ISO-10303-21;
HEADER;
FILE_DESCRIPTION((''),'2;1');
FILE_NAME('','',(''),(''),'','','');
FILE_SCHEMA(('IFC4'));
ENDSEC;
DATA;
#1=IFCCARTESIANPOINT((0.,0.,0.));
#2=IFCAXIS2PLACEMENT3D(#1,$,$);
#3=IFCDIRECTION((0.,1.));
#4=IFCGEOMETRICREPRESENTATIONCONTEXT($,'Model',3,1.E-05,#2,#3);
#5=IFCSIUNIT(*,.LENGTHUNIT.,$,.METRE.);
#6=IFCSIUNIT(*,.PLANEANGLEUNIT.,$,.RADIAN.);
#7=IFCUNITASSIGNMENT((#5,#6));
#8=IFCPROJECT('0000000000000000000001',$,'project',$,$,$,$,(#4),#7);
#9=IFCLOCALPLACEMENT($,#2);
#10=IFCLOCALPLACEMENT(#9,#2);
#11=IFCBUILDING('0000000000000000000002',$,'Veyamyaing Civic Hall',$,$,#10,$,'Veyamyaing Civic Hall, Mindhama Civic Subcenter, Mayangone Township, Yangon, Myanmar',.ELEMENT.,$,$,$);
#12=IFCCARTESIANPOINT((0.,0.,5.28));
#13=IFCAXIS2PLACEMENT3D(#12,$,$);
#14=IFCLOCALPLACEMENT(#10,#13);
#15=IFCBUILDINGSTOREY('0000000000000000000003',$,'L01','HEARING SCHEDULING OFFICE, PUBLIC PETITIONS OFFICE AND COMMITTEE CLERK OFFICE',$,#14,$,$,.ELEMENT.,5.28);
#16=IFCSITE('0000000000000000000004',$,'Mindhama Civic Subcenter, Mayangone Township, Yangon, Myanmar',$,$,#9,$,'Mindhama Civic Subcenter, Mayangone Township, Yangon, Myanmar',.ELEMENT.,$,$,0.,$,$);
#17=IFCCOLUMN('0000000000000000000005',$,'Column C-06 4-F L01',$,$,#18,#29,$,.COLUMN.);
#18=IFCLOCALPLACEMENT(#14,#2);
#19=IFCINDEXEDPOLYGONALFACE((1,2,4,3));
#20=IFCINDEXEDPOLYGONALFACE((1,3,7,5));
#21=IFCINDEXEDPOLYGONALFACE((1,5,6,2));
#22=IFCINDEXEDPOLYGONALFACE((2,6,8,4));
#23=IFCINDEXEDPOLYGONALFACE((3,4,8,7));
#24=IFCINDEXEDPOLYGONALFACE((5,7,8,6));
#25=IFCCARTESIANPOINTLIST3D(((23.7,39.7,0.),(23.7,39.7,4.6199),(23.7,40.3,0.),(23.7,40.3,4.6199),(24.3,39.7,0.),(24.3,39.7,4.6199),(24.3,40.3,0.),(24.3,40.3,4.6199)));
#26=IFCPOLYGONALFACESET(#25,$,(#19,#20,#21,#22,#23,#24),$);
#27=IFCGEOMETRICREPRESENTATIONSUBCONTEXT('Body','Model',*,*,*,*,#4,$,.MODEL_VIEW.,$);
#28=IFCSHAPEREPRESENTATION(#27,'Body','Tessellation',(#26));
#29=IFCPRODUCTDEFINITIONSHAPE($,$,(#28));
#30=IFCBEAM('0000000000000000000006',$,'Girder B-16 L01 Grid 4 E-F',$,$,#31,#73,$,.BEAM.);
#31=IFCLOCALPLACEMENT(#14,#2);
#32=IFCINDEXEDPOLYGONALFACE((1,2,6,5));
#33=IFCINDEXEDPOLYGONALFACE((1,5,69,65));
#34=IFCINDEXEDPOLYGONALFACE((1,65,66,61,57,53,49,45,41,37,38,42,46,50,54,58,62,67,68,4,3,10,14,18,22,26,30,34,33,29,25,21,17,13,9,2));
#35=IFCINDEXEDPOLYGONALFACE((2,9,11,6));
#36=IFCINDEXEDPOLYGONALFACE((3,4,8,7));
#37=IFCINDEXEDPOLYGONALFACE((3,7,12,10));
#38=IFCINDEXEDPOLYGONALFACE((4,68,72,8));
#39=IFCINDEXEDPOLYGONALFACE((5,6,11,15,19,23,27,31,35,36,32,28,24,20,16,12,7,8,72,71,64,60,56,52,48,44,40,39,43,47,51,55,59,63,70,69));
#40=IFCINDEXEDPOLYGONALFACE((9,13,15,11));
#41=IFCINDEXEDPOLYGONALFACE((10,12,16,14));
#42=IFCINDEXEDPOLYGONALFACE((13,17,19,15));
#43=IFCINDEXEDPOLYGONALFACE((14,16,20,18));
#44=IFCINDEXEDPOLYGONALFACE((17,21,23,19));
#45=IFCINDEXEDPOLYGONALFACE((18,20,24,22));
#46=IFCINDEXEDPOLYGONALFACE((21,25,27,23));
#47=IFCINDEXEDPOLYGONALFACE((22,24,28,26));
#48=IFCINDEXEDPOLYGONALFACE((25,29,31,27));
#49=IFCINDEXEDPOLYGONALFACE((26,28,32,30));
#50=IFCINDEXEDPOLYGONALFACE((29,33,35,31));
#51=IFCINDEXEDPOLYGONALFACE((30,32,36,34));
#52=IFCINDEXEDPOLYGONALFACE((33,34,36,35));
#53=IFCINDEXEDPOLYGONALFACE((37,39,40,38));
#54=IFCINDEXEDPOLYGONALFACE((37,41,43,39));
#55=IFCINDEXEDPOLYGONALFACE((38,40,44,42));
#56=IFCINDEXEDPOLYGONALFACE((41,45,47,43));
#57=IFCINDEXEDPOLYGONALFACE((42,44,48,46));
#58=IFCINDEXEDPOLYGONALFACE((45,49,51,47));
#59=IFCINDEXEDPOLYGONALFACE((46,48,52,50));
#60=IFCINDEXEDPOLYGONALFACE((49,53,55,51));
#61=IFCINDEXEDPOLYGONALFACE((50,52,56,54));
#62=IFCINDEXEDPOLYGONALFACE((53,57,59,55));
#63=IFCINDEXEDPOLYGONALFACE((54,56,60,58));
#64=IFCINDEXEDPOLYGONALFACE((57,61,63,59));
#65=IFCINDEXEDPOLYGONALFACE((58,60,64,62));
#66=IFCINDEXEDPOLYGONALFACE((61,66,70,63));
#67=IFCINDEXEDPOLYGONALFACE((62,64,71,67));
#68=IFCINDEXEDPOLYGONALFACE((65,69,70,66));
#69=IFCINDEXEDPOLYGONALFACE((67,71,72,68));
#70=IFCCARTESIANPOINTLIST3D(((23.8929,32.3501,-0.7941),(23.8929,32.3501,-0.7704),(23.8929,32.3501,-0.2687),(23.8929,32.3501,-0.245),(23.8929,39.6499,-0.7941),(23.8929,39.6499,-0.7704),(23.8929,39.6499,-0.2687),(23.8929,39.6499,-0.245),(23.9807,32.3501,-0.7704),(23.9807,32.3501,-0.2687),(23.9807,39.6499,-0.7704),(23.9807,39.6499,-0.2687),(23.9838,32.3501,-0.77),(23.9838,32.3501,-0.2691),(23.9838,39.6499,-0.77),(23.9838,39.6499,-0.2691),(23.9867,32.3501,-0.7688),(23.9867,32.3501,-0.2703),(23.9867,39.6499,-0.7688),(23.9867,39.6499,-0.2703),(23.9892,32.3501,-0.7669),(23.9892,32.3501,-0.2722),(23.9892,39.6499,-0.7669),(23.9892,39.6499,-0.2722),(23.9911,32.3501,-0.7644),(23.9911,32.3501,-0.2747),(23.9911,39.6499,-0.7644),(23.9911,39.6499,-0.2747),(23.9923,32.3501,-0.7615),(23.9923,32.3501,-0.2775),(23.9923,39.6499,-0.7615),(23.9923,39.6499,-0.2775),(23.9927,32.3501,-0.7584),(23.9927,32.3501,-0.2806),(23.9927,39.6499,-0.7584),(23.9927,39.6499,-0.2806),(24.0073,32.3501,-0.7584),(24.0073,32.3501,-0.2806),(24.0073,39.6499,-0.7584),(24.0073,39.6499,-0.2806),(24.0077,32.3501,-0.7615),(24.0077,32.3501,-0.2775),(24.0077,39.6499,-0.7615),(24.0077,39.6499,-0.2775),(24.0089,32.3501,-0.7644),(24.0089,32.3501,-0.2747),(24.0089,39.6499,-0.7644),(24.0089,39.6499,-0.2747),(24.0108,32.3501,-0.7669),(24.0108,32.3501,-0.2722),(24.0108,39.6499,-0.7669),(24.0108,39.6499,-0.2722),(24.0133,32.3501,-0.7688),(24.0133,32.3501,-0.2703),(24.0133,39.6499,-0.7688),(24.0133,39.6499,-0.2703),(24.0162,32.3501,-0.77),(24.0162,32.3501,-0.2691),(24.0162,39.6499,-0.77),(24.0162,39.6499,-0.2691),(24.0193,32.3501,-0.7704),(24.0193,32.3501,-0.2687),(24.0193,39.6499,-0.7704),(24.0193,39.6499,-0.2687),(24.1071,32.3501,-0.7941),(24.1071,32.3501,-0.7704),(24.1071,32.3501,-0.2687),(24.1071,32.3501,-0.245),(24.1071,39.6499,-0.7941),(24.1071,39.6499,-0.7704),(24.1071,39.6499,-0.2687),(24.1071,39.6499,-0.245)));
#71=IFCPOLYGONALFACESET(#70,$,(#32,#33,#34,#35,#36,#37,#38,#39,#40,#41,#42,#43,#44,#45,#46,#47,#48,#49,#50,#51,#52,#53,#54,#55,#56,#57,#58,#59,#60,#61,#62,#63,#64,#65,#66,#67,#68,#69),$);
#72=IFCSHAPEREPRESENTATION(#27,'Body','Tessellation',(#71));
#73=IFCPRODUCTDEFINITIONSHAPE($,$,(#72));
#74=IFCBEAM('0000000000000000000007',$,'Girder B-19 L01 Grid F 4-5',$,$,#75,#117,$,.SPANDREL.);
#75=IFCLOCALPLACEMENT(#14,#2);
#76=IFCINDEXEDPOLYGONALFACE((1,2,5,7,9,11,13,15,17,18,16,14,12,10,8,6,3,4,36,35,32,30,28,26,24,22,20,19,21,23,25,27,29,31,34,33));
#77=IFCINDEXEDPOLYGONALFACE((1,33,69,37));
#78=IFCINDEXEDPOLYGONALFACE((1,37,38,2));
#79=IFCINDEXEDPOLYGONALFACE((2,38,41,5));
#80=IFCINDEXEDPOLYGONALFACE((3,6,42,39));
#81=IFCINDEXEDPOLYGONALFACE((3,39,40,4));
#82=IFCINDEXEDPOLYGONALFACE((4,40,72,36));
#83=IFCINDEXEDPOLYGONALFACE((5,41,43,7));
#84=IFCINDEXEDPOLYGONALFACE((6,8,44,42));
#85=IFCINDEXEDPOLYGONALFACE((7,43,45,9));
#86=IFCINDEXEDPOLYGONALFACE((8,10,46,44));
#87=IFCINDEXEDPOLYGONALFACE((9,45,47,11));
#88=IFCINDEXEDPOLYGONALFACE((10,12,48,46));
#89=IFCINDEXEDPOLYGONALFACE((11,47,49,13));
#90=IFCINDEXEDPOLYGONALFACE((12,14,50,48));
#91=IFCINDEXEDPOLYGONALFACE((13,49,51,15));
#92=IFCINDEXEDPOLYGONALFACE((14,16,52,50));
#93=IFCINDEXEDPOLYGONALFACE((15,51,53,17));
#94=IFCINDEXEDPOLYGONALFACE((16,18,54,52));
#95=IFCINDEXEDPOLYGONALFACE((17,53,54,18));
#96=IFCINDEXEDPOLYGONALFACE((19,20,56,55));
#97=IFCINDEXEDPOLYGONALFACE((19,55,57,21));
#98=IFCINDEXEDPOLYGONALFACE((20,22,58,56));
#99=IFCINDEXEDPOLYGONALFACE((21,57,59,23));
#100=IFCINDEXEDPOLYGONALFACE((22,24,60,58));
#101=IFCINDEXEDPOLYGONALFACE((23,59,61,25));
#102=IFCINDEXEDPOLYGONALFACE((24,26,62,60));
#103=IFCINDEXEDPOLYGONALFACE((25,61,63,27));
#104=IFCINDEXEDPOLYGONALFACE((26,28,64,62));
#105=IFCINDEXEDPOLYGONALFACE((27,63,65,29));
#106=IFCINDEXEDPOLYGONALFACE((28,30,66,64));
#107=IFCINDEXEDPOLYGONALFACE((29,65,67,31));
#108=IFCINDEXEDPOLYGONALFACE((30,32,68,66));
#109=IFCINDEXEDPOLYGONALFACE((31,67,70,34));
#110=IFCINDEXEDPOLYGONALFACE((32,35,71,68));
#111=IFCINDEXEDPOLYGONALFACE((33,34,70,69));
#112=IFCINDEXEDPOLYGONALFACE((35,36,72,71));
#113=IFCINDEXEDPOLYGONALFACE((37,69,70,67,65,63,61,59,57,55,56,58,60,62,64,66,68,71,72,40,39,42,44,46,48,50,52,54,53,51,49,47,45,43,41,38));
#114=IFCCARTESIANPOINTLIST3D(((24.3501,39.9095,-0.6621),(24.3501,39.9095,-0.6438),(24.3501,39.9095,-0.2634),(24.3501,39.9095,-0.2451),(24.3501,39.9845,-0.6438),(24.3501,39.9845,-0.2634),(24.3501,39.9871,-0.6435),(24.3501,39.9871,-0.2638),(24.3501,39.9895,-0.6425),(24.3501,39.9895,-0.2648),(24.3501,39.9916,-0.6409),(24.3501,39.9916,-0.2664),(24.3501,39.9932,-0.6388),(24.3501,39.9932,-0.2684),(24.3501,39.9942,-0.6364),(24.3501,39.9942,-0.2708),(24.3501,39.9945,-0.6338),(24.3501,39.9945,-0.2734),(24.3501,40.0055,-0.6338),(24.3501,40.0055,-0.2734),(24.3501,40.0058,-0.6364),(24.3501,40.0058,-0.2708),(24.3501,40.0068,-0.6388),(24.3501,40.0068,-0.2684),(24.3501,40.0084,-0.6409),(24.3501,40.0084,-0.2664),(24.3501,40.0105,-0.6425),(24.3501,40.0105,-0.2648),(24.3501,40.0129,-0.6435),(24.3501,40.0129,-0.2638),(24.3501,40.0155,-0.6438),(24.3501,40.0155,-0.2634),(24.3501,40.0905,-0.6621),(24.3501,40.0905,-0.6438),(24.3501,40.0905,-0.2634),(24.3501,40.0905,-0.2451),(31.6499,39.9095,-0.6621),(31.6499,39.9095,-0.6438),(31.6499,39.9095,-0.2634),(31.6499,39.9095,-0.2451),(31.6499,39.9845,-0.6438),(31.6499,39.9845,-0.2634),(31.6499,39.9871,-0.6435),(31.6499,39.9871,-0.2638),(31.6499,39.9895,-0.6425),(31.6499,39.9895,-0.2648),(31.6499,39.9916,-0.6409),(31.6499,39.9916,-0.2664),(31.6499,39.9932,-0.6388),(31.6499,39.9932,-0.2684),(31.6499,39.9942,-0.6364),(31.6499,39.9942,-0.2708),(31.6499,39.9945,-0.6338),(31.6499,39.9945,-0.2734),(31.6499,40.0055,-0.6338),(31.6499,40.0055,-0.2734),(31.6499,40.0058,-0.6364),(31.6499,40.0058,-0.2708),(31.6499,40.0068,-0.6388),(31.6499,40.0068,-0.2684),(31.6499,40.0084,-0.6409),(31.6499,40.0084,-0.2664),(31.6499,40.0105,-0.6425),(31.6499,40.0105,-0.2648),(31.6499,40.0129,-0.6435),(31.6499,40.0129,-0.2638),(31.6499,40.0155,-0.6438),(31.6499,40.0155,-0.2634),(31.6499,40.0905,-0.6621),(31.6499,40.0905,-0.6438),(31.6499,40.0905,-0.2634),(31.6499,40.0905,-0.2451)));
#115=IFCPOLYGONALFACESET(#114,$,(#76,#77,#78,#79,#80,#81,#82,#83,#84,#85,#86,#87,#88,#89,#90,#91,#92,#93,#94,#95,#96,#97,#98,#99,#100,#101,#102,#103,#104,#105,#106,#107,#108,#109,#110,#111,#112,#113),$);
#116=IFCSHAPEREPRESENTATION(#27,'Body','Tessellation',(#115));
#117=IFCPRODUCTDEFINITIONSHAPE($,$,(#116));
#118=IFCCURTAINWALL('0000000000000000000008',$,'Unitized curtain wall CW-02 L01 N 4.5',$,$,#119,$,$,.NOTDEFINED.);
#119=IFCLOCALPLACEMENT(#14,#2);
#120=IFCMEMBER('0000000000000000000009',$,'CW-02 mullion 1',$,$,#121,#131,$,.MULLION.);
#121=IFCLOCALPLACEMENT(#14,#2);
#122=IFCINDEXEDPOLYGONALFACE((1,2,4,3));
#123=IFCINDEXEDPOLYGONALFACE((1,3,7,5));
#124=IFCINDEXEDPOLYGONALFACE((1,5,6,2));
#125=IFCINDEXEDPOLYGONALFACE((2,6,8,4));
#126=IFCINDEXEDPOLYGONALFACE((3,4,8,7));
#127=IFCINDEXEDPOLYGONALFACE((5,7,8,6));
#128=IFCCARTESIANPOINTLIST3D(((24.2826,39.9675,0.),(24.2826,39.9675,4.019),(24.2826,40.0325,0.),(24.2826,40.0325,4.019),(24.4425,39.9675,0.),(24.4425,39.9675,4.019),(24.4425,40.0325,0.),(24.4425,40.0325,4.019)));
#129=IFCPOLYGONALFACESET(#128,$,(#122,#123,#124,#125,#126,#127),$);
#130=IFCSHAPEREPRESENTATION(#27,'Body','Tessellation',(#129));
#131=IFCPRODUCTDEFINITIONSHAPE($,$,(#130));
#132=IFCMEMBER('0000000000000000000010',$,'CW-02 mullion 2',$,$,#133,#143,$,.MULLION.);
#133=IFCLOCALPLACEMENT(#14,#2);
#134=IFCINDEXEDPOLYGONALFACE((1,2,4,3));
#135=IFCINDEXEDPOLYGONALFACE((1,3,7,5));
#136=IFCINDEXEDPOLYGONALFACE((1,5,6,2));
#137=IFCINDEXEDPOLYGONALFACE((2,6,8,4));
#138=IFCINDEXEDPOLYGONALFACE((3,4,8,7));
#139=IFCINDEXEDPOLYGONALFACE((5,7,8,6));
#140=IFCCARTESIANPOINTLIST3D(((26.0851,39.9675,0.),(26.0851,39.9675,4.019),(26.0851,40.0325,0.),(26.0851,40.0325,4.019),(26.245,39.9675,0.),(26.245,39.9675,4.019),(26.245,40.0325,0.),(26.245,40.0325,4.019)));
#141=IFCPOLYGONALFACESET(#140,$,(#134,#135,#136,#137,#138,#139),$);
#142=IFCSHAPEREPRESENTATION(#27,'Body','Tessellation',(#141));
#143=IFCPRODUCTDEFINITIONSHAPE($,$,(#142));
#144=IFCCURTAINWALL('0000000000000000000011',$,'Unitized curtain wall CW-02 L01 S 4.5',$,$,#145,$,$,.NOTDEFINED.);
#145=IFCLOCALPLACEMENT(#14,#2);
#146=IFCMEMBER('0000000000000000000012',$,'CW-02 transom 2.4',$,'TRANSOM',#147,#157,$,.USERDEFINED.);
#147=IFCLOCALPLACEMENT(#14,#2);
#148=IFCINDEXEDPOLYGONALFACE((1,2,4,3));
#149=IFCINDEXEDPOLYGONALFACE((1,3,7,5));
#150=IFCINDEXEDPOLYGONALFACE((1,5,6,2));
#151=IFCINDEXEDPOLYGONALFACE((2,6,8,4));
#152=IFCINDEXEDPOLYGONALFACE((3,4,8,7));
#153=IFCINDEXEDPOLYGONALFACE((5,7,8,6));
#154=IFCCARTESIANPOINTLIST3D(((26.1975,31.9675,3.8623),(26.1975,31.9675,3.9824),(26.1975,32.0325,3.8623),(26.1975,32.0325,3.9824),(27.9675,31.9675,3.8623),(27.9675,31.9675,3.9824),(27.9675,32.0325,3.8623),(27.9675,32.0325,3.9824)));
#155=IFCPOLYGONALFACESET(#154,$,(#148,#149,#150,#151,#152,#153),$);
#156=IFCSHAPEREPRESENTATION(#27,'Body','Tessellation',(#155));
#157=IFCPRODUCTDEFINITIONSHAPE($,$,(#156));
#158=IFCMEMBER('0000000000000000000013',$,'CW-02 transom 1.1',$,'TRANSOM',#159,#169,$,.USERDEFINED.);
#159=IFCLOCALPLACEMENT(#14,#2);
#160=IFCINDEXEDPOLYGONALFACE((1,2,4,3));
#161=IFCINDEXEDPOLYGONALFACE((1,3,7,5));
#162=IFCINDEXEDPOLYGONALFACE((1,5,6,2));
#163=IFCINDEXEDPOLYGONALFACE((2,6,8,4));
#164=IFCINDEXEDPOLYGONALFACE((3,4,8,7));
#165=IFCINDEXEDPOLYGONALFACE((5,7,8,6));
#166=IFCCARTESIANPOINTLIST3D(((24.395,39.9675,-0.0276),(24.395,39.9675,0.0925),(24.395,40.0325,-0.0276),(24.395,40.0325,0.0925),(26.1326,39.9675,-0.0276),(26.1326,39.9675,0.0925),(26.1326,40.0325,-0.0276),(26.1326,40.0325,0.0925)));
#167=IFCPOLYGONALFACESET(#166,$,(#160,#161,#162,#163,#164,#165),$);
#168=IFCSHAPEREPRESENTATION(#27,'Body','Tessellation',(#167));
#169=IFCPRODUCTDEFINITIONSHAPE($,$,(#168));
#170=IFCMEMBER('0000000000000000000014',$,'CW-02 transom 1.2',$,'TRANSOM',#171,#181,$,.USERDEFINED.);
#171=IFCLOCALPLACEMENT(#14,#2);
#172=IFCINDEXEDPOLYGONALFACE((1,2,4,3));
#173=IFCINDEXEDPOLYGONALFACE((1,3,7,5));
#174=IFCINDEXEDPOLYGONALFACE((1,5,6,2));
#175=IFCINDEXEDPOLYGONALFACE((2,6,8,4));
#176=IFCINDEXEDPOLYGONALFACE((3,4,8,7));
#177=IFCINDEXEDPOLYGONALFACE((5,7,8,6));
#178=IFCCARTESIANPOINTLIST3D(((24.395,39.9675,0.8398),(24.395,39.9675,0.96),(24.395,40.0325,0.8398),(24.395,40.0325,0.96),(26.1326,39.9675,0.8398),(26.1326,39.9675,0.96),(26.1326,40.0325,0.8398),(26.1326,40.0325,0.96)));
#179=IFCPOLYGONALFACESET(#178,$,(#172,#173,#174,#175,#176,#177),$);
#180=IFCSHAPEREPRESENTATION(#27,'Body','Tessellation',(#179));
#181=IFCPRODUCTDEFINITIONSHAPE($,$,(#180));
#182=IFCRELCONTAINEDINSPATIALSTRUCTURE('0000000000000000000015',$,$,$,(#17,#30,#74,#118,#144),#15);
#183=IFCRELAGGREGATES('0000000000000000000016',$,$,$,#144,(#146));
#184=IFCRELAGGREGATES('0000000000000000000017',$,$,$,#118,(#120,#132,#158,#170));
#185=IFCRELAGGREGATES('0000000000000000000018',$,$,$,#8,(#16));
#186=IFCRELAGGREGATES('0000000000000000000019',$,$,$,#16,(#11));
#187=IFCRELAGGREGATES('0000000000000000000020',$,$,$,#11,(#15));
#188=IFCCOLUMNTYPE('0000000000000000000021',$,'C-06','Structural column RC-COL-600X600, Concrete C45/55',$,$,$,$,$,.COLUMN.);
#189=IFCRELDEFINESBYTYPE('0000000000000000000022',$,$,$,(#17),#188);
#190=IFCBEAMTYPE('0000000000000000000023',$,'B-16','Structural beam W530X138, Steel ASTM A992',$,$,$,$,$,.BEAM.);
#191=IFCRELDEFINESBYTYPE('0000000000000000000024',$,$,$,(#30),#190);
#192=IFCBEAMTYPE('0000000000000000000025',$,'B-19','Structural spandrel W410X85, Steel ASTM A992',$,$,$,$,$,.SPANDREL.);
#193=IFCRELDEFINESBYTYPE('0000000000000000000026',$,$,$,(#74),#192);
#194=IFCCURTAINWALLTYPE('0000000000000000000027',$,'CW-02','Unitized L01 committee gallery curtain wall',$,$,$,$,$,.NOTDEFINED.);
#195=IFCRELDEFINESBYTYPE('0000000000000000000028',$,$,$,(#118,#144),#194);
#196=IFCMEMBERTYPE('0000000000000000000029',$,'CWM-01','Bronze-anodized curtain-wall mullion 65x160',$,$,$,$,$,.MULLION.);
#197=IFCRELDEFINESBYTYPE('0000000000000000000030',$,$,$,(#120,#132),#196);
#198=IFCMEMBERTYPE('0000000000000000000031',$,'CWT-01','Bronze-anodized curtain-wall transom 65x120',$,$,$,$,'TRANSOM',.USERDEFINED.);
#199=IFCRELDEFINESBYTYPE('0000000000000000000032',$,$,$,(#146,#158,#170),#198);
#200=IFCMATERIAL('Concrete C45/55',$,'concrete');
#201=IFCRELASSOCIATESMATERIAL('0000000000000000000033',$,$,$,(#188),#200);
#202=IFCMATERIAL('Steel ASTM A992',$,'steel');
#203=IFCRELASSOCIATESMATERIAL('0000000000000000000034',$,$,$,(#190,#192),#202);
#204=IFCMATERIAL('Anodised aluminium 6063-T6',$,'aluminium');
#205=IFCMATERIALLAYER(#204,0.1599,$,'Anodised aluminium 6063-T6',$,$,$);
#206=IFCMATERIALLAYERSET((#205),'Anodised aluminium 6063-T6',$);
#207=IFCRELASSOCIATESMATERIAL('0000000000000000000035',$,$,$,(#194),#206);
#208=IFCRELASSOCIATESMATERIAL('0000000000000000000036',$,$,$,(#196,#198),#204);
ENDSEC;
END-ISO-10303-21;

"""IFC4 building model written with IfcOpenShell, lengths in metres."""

from ifc_helpers import new_model, si_unit, direction, frame, origin, origin_2d, place, context, subcontext, project, spatial, rectangle, i_section, extrude, material, layer, layer_set, material_profile, profile_set, type_object, element, aggregate, save


model = new_model("IFC4")

# Units and contexts
model_context = context("Model", 3, precision=1e-05, world=origin(), true_north=direction((0.0, 1.0)))
body_context = subcontext(model_context, "Body", "Model", "MODEL_VIEW")
ifc_project = project(units=[si_unit("LENGTHUNIT", "METRE"), si_unit("PLANEANGLEUNIT", "RADIAN")], contexts=[model_context])

# Site, building, storey
site_placement = place(None, origin())
site = spatial("IfcSite", under=ifc_project, at=site_placement, Name="Mindhama Civic Subcenter, Mayangone Township, Yangon, Myanmar", LongName="Mindhama Civic Subcenter, Mayangone Township, Yangon, Myanmar", CompositionType="ELEMENT", RefElevation=0.0)
building_placement = place(site_placement, origin())
building = spatial("IfcBuilding", under=site, at=building_placement, Name="Veyamyaing Civic Hall", LongName="Veyamyaing Civic Hall, Mindhama Civic Subcenter, Mayangone Township, Yangon, Myanmar", CompositionType="ELEMENT")
storey_placement = place(building_placement, frame((0.0, 0.0, 5.28)))
storey = spatial("IfcBuildingStorey", under=building, at=storey_placement, Name="L01", Description="HEARING SCHEDULING OFFICE, PUBLIC PETITIONS OFFICE AND COMMITTEE CLERK OFFICE", CompositionType="ELEMENT", Elevation=5.28)

# Column
ifc_material_1 = material(Name="Concrete C45/55", Category="concrete")
ifc_material_profile_1 = material_profile(ifc_material_1, rectangle(XDim=0.6001, YDim=0.6001, at=origin_2d()), Name="RC-COL-600X600")
ifc_profile_set_1 = profile_set([ifc_material_profile_1], Name="Concrete C45/55")
column_type = type_object("IfcColumnType", Name="C-06", Description="Structural column RC-COL-600X600, Concrete C45/55", PredefinedType="COLUMN", material=ifc_profile_set_1)
column_placement = place(storey_placement, frame((24.0, 40.0, 0.0), z_axis=(0.0, 0.0, 1.0), x_axis=(1.0, 0.0, 0.0)))
element("IfcColumn", 1, at=column_placement, inside=storey, type_object=column_type, Name="Column C-06 4-F L01", PredefinedType="COLUMN", context=body_context, shape_type="SweptSolid", body=[
    extrude(rectangle(XDim=0.6001, YDim=0.6001, at=origin_2d()), origin(), (0.0, 0.0, 1.0), 4.6199),
])

# Beams
ifc_material_2 = material(Name="Steel ASTM A992", Category="steel")
ifc_material_profile_2 = material_profile(ifc_material_2, i_section(OverallWidth=0.2141, OverallDepth=0.5491, WebThickness=0.0146, FlangeThickness=0.0237, FilletRadius=0.012, at=origin_2d()), Name="W530X138")
ifc_profile_set_2 = profile_set([ifc_material_profile_2], Name="Steel ASTM A992")
beam_type_1 = type_object("IfcBeamType", Name="B-16", Description="Structural beam W530X138, Steel ASTM A992", PredefinedType="BEAM", material=ifc_profile_set_2)
beam_1_placement = place(storey_placement, frame((24.0, 32.3501, -0.5195), z_axis=(0.0, 1.0, 0.0), x_axis=(-1.0, 0.0, 0.0)))
element("IfcBeam", 2, at=beam_1_placement, inside=storey, type_object=beam_type_1, Name="Girder B-16 L01 Grid 4 E-F", PredefinedType="BEAM", context=body_context, shape_type="SweptSolid", body=[
    extrude(i_section(OverallWidth=0.2141, OverallDepth=0.5491, WebThickness=0.0146, FlangeThickness=0.0237, FilletRadius=0.012, at=origin_2d()), origin(), (0.0, 0.0, 1.0), 7.2998),
])
ifc_material_profile_3 = material_profile(ifc_material_2, i_section(OverallWidth=0.1809, OverallDepth=0.417, WebThickness=0.011, FlangeThickness=0.0183, FilletRadius=0.01, at=origin_2d()), Name="W410X85")
ifc_profile_set_3 = profile_set([ifc_material_profile_3], Name="Steel ASTM A992")
beam_type_2 = type_object("IfcBeamType", Name="B-19", Description="Structural spandrel W410X85, Steel ASTM A992", PredefinedType="SPANDREL", material=ifc_profile_set_3)
beam_2_placement = place(storey_placement, frame((24.3501, 40.0, -0.4536), z_axis=(1.0, 0.0, 0.0), x_axis=(0.0, 1.0, 0.0)))
element("IfcBeam", 3, at=beam_2_placement, inside=storey, type_object=beam_type_2, Name="Girder B-19 L01 Grid F 4-5", PredefinedType="SPANDREL", context=body_context, shape_type="SweptSolid", body=[
    extrude(i_section(OverallWidth=0.1809, OverallDepth=0.417, WebThickness=0.011, FlangeThickness=0.0183, FilletRadius=0.01, at=origin_2d()), origin(), (0.0, 0.0, 1.0), 7.2998),
])

# Curtain wall, members
ifc_material_3 = material(Name="Anodised aluminium 6063-T6", Category="aluminium")
ifc_layer_1 = layer(ifc_material_3, 0.1599, Name="Anodised aluminium 6063-T6")
ifc_layer_set_1 = layer_set([ifc_layer_1], Name="Anodised aluminium 6063-T6")
curtain_wall_type = type_object("IfcCurtainWallType", Name="CW-02", Description="Unitized L01 committee gallery curtain wall", PredefinedType="NOTDEFINED", material=ifc_layer_set_1)
curtain_wall_1_placement = place(storey_placement, origin())
curtain_wall_1 = element("IfcCurtainWall", 4, at=curtain_wall_1_placement, inside=storey, type_object=curtain_wall_type, Name="Unitized curtain wall CW-02 L01 N 4.5", PredefinedType="NOTDEFINED")
ifc_material_profile_4 = material_profile(ifc_material_3, rectangle(XDim=0.0649, YDim=0.1599, at=origin_2d()), Name="ALU-MUL-65X160")
ifc_profile_set_4 = profile_set([ifc_material_profile_4], Name="Anodised aluminium 6063-T6")
member_type_1 = type_object("IfcMemberType", Name="CWM-01", Description="Bronze-anodized curtain-wall mullion 65x160", PredefinedType="MULLION", material=ifc_profile_set_4)
member_1_placement = place(storey_placement, frame((24.3625, 40.0, 0.0), z_axis=(0.0, 0.0, 1.0), x_axis=(0.0, 1.0, 0.0)))
member_1 = element("IfcMember", 5, at=member_1_placement, type_object=member_type_1, Name="CW-02 mullion 1", PredefinedType="MULLION", context=body_context, shape_type="SweptSolid", body=[
    extrude(rectangle(XDim=0.0649, YDim=0.1599, at=origin_2d()), origin(), (0.0, 0.0, 1.0), 4.019),
])
member_2_placement = place(storey_placement, frame((26.165, 40.0, 0.0), z_axis=(0.0, 0.0, 1.0), x_axis=(0.0, 1.0, 0.0)))
member_2 = element("IfcMember", 6, at=member_2_placement, type_object=member_type_1, Name="CW-02 mullion 2", PredefinedType="MULLION", context=body_context, shape_type="SweptSolid", body=[
    extrude(rectangle(XDim=0.0649, YDim=0.1599, at=origin_2d()), origin(), (0.0, 0.0, 1.0), 4.019),
])

# Curtain wall, member
curtain_wall_2_placement = place(storey_placement, origin())
curtain_wall_2 = element("IfcCurtainWall", 7, at=curtain_wall_2_placement, inside=storey, type_object=curtain_wall_type, Name="Unitized curtain wall CW-02 L01 S 4.5", PredefinedType="NOTDEFINED")
ifc_material_profile_5 = material_profile(ifc_material_3, rectangle(XDim=0.0649, YDim=0.1201, at=origin_2d()), Name="ALU-TRN-65X120")
ifc_profile_set_5 = profile_set([ifc_material_profile_5], Name="Anodised aluminium 6063-T6")
member_type_2 = type_object("IfcMemberType", Name="CWT-01", Description="Bronze-anodized curtain-wall transom 65x120", ElementType="TRANSOM", PredefinedType="USERDEFINED", material=ifc_profile_set_5)
member_3_placement = place(storey_placement, frame((26.1975, 32.0, 3.9224), z_axis=(1.0, 0.0, 0.0), x_axis=(0.0, 1.0, 0.0)))
member_3 = element("IfcMember", 8, at=member_3_placement, type_object=member_type_2, Name="CW-02 transom 2.4", ObjectType="TRANSOM", PredefinedType="USERDEFINED", context=body_context, shape_type="SweptSolid", body=[
    extrude(rectangle(XDim=0.0649, YDim=0.1201, at=origin_2d()), origin(), (0.0, 0.0, 1.0), 1.77),
])
aggregate(curtain_wall_2, [member_3])

# Members
member_4_placement = place(storey_placement, frame((24.395, 40.0, 0.0325), z_axis=(1.0, 0.0, 0.0), x_axis=(0.0, 1.0, 0.0)))
member_4 = element("IfcMember", 9, at=member_4_placement, type_object=member_type_2, Name="CW-02 transom 1.1", ObjectType="TRANSOM", PredefinedType="USERDEFINED", context=body_context, shape_type="SweptSolid", body=[
    extrude(rectangle(XDim=0.0649, YDim=0.1201, at=origin_2d()), origin(), (0.0, 0.0, 1.0), 1.7375),
])
member_5_placement = place(storey_placement, frame((24.395, 40.0, 0.8999), z_axis=(1.0, 0.0, 0.0), x_axis=(0.0, 1.0, 0.0)))
member_5 = element("IfcMember", 10, at=member_5_placement, type_object=member_type_2, Name="CW-02 transom 1.2", ObjectType="TRANSOM", PredefinedType="USERDEFINED", context=body_context, shape_type="SweptSolid", body=[
    extrude(rectangle(XDim=0.0649, YDim=0.1201, at=origin_2d()), origin(), (0.0, 0.0, 1.0), 1.7375),
])

aggregate(curtain_wall_1, [member_1, member_2, member_4, member_5])

save(model, "model.ifc")
